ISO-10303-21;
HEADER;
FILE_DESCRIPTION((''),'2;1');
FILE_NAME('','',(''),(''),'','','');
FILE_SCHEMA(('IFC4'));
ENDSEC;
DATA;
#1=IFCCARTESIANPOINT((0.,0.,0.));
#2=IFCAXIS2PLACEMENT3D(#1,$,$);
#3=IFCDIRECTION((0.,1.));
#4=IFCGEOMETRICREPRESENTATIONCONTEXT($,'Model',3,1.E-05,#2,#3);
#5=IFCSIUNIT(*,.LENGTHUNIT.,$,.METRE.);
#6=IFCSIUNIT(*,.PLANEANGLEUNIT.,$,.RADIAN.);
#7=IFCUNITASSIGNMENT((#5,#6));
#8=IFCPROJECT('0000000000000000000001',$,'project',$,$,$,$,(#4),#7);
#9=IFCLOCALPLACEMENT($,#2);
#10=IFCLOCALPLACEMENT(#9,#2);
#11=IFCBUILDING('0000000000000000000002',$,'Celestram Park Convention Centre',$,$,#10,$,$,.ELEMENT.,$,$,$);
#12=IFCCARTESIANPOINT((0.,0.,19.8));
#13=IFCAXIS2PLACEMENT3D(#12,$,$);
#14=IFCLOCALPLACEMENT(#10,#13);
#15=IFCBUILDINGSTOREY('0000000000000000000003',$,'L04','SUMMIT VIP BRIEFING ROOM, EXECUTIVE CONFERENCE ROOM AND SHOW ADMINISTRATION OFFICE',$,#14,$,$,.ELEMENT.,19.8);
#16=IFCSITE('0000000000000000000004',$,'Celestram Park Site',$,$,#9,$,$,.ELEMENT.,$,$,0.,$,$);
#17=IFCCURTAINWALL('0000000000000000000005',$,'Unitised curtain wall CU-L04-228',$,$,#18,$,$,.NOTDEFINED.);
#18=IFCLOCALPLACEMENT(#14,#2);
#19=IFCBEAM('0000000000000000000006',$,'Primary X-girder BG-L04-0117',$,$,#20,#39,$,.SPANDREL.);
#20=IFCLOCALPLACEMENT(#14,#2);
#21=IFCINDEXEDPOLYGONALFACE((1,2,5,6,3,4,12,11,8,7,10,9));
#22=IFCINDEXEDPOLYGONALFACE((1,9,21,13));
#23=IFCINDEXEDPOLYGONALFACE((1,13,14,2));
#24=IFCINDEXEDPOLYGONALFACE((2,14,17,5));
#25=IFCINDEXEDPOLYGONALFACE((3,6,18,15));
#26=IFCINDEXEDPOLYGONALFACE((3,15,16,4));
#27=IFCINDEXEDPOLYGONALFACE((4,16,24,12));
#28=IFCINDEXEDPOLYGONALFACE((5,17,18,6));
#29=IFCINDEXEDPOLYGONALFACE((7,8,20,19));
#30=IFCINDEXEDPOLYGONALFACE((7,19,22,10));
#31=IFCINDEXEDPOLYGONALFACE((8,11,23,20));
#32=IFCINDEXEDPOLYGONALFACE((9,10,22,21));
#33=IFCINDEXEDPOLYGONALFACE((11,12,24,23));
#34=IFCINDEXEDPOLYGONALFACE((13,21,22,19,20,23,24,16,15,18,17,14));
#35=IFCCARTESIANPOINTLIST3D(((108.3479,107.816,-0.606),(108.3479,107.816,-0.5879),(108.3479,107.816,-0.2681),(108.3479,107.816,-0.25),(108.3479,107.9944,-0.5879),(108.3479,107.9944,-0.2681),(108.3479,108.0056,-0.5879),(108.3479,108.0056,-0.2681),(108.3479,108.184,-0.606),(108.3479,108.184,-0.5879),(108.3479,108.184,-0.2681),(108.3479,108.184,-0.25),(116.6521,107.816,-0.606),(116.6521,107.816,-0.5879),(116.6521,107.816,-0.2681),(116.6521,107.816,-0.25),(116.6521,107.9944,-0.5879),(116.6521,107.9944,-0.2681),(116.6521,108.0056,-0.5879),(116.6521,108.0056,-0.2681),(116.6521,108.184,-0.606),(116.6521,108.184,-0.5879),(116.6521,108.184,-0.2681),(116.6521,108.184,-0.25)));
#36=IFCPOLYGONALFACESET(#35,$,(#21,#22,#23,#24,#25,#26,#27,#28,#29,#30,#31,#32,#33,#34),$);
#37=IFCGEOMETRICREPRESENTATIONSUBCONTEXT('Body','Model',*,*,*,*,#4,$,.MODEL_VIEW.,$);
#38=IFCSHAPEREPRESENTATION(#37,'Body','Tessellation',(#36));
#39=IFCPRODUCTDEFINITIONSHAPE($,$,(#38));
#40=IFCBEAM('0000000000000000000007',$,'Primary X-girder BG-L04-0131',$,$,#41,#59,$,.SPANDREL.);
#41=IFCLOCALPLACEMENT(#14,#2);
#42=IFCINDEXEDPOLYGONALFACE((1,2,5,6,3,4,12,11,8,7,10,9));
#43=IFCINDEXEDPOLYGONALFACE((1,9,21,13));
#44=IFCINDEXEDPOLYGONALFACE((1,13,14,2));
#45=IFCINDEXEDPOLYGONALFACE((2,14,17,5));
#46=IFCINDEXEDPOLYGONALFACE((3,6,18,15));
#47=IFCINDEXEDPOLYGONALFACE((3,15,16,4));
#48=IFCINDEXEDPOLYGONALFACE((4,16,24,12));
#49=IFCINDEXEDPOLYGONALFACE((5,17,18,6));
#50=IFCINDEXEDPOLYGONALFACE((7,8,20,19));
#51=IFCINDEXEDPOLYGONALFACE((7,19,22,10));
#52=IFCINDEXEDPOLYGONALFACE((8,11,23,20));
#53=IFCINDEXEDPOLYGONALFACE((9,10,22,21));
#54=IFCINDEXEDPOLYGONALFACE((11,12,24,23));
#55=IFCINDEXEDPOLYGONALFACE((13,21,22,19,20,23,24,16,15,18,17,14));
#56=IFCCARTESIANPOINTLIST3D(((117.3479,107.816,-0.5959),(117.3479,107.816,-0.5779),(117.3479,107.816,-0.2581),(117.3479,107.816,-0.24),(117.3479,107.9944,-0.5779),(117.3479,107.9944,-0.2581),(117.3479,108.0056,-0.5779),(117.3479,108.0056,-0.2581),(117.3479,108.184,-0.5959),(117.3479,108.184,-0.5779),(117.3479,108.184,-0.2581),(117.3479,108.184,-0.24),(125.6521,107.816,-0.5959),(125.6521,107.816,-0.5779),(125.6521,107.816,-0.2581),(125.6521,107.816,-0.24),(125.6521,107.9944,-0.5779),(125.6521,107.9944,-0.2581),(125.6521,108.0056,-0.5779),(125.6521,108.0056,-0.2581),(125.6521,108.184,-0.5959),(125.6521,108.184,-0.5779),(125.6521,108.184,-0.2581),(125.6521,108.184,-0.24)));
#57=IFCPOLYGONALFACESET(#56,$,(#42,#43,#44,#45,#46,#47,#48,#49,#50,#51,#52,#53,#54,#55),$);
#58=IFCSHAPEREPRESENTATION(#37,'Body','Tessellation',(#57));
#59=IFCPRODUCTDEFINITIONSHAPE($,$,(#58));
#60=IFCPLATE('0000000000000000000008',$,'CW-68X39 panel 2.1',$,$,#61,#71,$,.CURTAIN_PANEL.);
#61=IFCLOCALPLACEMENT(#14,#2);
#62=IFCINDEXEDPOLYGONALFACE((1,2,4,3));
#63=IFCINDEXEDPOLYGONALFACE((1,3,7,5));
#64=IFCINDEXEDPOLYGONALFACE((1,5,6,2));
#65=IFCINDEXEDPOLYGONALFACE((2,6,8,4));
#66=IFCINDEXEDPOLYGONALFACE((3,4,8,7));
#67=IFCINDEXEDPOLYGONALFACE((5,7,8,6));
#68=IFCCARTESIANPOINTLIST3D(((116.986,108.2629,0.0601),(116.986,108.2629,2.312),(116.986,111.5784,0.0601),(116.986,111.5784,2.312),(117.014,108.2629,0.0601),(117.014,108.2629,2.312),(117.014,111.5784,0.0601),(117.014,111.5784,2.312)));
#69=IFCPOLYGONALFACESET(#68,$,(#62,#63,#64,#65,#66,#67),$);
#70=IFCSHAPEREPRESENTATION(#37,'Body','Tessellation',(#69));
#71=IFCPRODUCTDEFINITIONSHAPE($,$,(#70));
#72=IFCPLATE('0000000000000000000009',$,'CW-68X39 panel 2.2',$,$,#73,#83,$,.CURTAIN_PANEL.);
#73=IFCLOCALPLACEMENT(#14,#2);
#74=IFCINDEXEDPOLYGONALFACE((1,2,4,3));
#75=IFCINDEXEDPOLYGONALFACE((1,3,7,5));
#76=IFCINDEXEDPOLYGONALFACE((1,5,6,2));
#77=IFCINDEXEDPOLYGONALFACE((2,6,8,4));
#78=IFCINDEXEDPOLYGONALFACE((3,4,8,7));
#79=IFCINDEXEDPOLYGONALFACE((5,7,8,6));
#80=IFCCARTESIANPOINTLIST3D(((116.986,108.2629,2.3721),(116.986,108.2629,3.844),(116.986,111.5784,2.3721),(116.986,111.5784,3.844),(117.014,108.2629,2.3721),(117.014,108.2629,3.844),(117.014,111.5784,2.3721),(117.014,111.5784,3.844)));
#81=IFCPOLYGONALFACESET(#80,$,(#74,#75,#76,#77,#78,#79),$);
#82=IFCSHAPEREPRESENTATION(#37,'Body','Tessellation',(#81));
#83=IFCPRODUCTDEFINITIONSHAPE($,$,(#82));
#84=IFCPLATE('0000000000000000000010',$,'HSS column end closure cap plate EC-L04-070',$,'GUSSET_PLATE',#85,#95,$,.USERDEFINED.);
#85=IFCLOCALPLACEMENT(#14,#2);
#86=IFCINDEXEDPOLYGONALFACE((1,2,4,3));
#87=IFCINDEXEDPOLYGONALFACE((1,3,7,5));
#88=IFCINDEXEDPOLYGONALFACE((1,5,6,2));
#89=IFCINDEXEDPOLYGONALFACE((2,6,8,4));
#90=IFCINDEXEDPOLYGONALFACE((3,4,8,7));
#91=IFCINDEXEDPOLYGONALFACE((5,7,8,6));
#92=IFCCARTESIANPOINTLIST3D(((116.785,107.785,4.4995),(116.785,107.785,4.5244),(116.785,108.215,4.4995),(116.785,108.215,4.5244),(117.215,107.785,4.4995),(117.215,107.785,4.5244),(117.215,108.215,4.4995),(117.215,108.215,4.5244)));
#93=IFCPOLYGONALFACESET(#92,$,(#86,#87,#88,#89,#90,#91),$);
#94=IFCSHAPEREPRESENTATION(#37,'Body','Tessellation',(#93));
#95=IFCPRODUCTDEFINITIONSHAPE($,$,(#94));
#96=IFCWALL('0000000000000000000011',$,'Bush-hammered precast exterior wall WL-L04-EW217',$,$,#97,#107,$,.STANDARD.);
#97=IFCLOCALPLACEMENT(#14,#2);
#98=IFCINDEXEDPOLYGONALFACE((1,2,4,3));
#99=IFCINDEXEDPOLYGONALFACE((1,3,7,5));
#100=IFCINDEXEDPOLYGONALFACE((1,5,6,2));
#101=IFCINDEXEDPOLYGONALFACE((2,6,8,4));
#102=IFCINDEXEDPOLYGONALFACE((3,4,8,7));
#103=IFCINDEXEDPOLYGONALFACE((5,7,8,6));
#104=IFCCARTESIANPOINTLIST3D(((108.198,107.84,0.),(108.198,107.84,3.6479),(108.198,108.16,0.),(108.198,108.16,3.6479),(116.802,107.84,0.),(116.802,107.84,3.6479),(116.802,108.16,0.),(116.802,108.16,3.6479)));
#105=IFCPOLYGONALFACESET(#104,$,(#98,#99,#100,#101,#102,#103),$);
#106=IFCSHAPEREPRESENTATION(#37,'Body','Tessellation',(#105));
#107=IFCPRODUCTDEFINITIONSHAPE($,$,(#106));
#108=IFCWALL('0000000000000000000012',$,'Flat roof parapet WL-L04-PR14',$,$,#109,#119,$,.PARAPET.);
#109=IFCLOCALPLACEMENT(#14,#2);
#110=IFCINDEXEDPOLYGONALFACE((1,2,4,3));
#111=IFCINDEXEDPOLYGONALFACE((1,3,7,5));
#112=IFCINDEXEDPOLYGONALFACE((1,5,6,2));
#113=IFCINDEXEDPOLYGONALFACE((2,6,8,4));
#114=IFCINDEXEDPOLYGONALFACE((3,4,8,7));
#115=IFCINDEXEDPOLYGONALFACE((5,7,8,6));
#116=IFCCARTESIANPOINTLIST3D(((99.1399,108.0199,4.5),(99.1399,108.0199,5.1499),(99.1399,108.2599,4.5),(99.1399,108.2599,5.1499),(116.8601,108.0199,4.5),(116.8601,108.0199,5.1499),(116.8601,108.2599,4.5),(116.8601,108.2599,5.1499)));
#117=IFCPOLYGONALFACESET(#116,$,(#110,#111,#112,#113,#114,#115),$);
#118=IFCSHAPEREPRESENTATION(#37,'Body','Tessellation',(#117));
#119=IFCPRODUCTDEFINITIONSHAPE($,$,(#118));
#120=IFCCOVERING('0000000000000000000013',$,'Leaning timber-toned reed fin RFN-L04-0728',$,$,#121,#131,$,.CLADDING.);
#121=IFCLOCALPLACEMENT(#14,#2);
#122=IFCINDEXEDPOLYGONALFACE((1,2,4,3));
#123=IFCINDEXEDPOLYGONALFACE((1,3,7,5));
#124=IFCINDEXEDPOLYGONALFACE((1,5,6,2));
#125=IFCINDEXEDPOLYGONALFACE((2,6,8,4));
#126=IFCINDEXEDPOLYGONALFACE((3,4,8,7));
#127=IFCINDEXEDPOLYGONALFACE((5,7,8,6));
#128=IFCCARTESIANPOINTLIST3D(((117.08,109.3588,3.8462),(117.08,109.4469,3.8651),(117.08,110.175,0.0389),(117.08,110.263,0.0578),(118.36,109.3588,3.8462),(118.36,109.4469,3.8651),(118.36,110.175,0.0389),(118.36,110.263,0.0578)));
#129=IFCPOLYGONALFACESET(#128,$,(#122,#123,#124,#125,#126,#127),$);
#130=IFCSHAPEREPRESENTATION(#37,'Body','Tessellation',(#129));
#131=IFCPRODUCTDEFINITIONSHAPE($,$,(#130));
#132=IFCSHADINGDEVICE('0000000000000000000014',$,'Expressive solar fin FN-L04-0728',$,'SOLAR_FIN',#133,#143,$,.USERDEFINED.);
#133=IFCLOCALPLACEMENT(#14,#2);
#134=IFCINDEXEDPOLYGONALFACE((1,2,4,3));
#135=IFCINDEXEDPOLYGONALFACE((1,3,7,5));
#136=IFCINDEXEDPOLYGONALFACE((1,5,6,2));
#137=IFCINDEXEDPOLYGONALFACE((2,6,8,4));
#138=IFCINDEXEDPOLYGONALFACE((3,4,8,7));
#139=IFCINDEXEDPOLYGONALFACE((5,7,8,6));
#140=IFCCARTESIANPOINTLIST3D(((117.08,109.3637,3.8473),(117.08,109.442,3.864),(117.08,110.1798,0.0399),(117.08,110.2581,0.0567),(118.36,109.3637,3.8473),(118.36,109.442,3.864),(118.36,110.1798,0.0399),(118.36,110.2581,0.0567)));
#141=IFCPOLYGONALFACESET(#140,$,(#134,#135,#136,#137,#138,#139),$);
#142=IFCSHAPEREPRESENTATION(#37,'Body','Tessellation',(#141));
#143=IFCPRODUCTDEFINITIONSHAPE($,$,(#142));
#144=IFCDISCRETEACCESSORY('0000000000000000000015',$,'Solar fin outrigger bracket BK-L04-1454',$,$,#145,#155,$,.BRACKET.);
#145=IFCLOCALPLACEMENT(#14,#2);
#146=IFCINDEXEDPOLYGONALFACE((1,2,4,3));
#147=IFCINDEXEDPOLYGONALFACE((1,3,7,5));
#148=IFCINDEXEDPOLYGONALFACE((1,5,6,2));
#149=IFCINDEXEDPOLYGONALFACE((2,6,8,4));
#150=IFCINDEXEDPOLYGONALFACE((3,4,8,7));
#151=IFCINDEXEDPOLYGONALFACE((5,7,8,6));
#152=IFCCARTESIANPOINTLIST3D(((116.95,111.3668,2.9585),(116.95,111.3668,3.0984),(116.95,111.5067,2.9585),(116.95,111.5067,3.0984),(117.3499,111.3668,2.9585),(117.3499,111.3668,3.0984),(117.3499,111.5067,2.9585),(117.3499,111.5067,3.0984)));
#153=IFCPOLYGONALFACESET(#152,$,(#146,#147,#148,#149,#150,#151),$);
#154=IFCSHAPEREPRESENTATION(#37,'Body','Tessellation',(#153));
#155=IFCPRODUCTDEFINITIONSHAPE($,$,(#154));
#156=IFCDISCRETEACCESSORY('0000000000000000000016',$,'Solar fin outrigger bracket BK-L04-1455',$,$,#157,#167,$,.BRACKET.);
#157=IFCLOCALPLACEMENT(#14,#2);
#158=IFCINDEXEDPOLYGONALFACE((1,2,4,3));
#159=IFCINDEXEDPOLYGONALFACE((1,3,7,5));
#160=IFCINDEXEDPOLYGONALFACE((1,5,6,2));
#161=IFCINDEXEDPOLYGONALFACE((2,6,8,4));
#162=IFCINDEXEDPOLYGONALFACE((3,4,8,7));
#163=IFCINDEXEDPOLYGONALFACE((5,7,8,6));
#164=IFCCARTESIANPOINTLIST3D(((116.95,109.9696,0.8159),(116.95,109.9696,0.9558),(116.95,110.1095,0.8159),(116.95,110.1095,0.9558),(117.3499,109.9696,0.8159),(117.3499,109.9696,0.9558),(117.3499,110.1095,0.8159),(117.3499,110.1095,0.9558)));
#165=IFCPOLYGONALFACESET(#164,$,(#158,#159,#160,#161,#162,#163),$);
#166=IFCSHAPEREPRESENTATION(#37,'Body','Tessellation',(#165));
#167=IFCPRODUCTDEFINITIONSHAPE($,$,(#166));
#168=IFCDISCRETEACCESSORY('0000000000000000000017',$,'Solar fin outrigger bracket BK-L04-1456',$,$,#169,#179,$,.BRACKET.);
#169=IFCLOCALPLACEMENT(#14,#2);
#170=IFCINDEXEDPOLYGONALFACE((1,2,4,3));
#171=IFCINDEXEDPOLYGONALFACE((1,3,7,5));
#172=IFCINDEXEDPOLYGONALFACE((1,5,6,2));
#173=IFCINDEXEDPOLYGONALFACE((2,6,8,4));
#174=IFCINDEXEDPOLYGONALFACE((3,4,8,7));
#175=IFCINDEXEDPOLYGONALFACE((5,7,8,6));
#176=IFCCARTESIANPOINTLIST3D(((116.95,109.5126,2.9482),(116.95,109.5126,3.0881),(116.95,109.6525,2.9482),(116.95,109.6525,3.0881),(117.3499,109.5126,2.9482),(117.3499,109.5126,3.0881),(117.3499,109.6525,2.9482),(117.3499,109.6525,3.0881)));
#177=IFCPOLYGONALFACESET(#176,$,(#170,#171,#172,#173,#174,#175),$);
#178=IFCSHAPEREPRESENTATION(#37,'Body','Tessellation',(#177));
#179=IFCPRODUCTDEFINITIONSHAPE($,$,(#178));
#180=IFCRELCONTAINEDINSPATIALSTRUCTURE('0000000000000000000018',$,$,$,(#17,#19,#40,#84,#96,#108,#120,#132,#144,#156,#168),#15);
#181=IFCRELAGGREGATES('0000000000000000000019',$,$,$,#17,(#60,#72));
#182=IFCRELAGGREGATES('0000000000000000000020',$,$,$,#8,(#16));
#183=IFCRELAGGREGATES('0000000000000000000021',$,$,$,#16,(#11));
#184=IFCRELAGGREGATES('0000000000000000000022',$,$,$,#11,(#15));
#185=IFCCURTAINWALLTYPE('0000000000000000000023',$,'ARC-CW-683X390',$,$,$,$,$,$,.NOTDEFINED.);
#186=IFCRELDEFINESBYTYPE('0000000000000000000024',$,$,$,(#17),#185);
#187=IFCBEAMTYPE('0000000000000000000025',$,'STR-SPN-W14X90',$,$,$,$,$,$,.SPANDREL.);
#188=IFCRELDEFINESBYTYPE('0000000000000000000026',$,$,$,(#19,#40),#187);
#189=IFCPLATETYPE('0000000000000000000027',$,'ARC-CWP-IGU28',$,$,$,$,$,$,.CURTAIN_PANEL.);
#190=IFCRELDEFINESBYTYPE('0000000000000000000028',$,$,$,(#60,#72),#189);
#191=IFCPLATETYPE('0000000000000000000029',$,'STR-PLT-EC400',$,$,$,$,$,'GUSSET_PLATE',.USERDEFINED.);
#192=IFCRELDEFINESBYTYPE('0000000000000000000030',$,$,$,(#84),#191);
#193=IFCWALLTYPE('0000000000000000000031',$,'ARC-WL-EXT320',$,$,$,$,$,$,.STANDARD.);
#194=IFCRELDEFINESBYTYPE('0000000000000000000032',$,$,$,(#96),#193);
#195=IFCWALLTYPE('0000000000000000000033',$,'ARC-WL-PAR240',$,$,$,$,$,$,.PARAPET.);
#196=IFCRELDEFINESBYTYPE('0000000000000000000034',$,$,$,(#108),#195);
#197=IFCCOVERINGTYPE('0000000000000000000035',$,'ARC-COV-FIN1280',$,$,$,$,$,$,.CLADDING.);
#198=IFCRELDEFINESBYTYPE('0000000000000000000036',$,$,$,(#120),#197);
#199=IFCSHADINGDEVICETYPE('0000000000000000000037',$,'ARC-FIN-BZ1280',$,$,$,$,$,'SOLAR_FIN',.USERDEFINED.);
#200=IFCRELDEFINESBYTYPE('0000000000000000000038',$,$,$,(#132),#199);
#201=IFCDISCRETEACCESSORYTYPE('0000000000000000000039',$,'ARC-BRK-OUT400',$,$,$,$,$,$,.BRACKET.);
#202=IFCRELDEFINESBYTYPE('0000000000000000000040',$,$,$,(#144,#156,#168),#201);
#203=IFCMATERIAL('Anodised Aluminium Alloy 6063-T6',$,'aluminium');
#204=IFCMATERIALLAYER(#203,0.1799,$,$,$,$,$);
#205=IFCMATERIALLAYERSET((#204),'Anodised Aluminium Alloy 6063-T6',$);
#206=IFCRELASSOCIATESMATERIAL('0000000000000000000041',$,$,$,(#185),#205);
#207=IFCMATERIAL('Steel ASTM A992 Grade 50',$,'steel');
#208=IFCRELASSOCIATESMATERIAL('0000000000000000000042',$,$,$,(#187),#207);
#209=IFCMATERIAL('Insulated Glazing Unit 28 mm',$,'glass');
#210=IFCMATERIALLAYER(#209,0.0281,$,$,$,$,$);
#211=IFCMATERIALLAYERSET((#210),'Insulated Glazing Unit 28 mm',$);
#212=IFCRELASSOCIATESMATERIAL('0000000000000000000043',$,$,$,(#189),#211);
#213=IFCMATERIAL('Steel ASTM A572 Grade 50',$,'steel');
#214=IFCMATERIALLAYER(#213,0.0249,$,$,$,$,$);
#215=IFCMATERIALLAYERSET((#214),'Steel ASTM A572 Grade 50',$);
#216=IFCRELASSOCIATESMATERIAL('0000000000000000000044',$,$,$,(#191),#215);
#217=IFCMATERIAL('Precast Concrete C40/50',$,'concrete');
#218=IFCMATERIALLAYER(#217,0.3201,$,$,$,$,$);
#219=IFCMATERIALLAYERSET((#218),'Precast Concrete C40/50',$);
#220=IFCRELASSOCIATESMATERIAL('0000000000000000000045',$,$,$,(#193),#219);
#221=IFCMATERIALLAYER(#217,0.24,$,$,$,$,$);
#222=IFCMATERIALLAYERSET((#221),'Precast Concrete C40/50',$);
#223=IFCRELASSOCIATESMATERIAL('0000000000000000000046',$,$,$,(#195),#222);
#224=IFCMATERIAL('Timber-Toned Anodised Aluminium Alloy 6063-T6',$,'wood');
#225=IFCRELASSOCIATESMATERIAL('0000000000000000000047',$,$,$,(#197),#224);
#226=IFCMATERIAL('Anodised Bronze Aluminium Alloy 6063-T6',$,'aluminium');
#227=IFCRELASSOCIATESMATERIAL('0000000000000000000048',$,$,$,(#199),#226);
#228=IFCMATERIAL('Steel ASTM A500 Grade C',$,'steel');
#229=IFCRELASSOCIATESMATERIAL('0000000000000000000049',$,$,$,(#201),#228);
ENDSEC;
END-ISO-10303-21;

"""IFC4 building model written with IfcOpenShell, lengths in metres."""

from ifc_helpers import new_model, si_unit, direction, frame, frame_2d, origin, origin_2d, place, context, subcontext, project, spatial, rectangle, i_section, extrude, material, layer, layer_set, material_profile, profile_set, type_object, element, aggregate, save


model = new_model("IFC4")

# Units and contexts
model_context = context("Model", 3, precision=1e-05, world=origin(), true_north=direction((0.0, 1.0)))
body_context = subcontext(model_context, "Body", "Model", "MODEL_VIEW")
ifc_project = project(units=[si_unit("LENGTHUNIT", "METRE"), si_unit("PLANEANGLEUNIT", "RADIAN")], contexts=[model_context])

# Site, building, storey
site_placement = place(None, origin())
site = spatial("IfcSite", under=ifc_project, at=site_placement, Name="Celestram Park Site", CompositionType="ELEMENT", RefElevation=0.0)
building_placement = place(site_placement, origin())
building = spatial("IfcBuilding", under=site, at=building_placement, Name="Celestram Park Convention Centre", CompositionType="ELEMENT")
storey_placement = place(building_placement, frame((0.0, 0.0, 19.8)))
storey = spatial("IfcBuildingStorey", under=building, at=storey_placement, Name="L04", Description="SUMMIT VIP BRIEFING ROOM, EXECUTIVE CONFERENCE ROOM AND SHOW ADMINISTRATION OFFICE", CompositionType="ELEMENT", Elevation=19.8)

# Shared definitions
ifc_material_1 = material(Name="Steel ASTM A500 Grade C", Category="steel")

# Curtain wall
ifc_material_2 = material(Name="Anodised Aluminium Alloy 6063-T6", Category="aluminium")
ifc_layer_1 = layer(ifc_material_2, 0.1799)
ifc_layer_set_1 = layer_set([ifc_layer_1], Name="Anodised Aluminium Alloy 6063-T6")
curtain_wall_type = type_object("IfcCurtainWallType", Name="ARC-CW-683X390", PredefinedType="NOTDEFINED", material=ifc_layer_set_1)
curtain_wall_placement = place(storey_placement, origin())
curtain_wall = element("IfcCurtainWall", 1, at=curtain_wall_placement, inside=storey, type_object=curtain_wall_type, Name="Unitised curtain wall CU-L04-228", PredefinedType="NOTDEFINED")

# Beams
ifc_material_3 = material(Name="Steel ASTM A992 Grade 50", Category="steel")
ifc_material_profile_1 = material_profile(ifc_material_3, i_section(OverallWidth=0.3679, OverallDepth=0.356, WebThickness=0.0112, FlangeThickness=0.0181, at=origin_2d()), Name="W14X90")
ifc_profile_set_1 = profile_set([ifc_material_profile_1], Name="Steel ASTM A992 Grade 50")
beam_type_1 = type_object("IfcBeamType", Name="STR-SPN-W14X90", PredefinedType="SPANDREL", material=ifc_profile_set_1)
for number, where, z_axis, x_axis, name in (
    (2, (108.3479, 108.0, -0.428), (1.0, 0.0, 0.0), (0.0, 1.0, 0.0), "Primary X-girder BG-L04-0117"),
    (3, (117.3479, 108.0, -0.418), (1.0, 0.0, 0.0), (0.0, 1.0, 0.0), "Primary X-girder BG-L04-0131"),
):
    element("IfcBeam", number, at=place(storey_placement, frame(where, z_axis=z_axis, x_axis=x_axis)), inside=storey, type_object=beam_type_1, Name=name, PredefinedType="SPANDREL", context=body_context, shape_type="SweptSolid", body=[
        extrude(i_section(OverallWidth=0.3679, OverallDepth=0.356, WebThickness=0.0112, FlangeThickness=0.0181, at=origin_2d()), origin(), (0.0, 0.0, 1.0), 8.3042),
    ])

# Plates
ifc_material_4 = material(Name="Insulated Glazing Unit 28 mm", Category="glass")
ifc_layer_2 = layer(ifc_material_4, 0.0281)
ifc_layer_set_2 = layer_set([ifc_layer_2], Name="Insulated Glazing Unit 28 mm")
plate_type_1 = type_object("IfcPlateType", Name="ARC-CWP-IGU28", PredefinedType="CURTAIN_PANEL", material=ifc_layer_set_2)
plate_1_placement = place(storey_placement, frame((117.0, 109.9207, 0.0601), z_axis=(0.0, 0.0, 1.0), x_axis=(0.0, -1.0, 0.0)))
plate_1 = element("IfcPlate", 4, at=plate_1_placement, type_object=plate_type_1, Name="CW-68X39 panel 2.1", PredefinedType="CURTAIN_PANEL", context=body_context, shape_type="SweptSolid", body=[
    extrude(rectangle(XDim=3.3154, YDim=0.0281, at=origin_2d()), origin(), (0.0, 0.0, 1.0), 2.252),
])
plate_2_placement = place(storey_placement, frame((117.0, 109.9207, 2.3721), z_axis=(0.0, 0.0, 1.0), x_axis=(0.0, -1.0, 0.0)))
plate_2 = element("IfcPlate", 5, at=plate_2_placement, type_object=plate_type_1, Name="CW-68X39 panel 2.2", PredefinedType="CURTAIN_PANEL", context=body_context, shape_type="SweptSolid", body=[
    extrude(rectangle(XDim=3.3154, YDim=0.0281, at=origin_2d()), origin(), (0.0, 0.0, 1.0), 1.4719),
])
aggregate(curtain_wall, [plate_1, plate_2])
ifc_material_5 = material(Name="Steel ASTM A572 Grade 50", Category="steel")
ifc_layer_3 = layer(ifc_material_5, 0.0249)
ifc_layer_set_3 = layer_set([ifc_layer_3], Name="Steel ASTM A572 Grade 50")
plate_type_2 = type_object("IfcPlateType", Name="STR-PLT-EC400", ElementType="GUSSET_PLATE", PredefinedType="USERDEFINED", material=ifc_layer_set_3)
plate_3_placement = place(storey_placement, frame((117.0, 108.0, 4.4995), z_axis=(0.0, 0.0, 1.0), x_axis=(1.0, 0.0, 0.0)))
element("IfcPlate", 6, at=plate_3_placement, inside=storey, type_object=plate_type_2, Name="HSS column end closure cap plate EC-L04-070", ObjectType="GUSSET_PLATE", PredefinedType="USERDEFINED", context=body_context, shape_type="SweptSolid", body=[
    extrude(rectangle(XDim=0.4299, YDim=0.4299, at=origin_2d()), origin(), (0.0, 0.0, 1.0), 0.0249),
])

# Walls
ifc_material_6 = material(Name="Precast Concrete C40/50", Category="concrete")
ifc_layer_4 = layer(ifc_material_6, 0.3201)
ifc_layer_set_4 = layer_set([ifc_layer_4], Name="Precast Concrete C40/50")
wall_type_1 = type_object("IfcWallType", Name="ARC-WL-EXT320", PredefinedType="STANDARD", material=ifc_layer_set_4)
wall_1_placement = place(storey_placement, frame((116.802, 108.0, 0.0), z_axis=(0.0, 0.0, 1.0), x_axis=(-1.0, 0.0, 0.0)))
element("IfcWall", 7, at=wall_1_placement, inside=storey, type_object=wall_type_1, Name="Bush-hammered precast exterior wall WL-L04-EW217", PredefinedType="STANDARD", context=body_context, shape_type="SweptSolid", body=[
    extrude(rectangle(XDim=8.604, YDim=0.3201, at=frame_2d((4.302, 0.0))), origin(), (0.0, 0.0, 1.0), 3.6479),
])
ifc_layer_5 = layer(ifc_material_6, 0.24)
ifc_layer_set_5 = layer_set([ifc_layer_5], Name="Precast Concrete C40/50")
wall_type_2 = type_object("IfcWallType", Name="ARC-WL-PAR240", PredefinedType="PARAPET", material=ifc_layer_set_5)
wall_2_placement = place(storey_placement, frame((116.8601, 108.1399, 4.5), z_axis=(0.0, 0.0, 1.0), x_axis=(-1.0, 0.0, 0.0)))
element("IfcWall", 8, at=wall_2_placement, inside=storey, type_object=wall_type_2, Name="Flat roof parapet WL-L04-PR14", PredefinedType="PARAPET", context=body_context, shape_type="SweptSolid", body=[
    extrude(rectangle(XDim=17.7202, YDim=0.24, at=frame_2d((8.8601, 0.0))), origin(), (0.0, 0.0, 1.0), 0.6499),
])

# Covering
ifc_material_7 = material(Name="Timber-Toned Anodised Aluminium Alloy 6063-T6", Category="wood")
ifc_material_profile_2 = material_profile(ifc_material_7, rectangle(XDim=1.28, YDim=0.0901, at=origin_2d()), Name="REED1280X90")
ifc_profile_set_2 = profile_set([ifc_material_profile_2], Name="Timber-Toned Anodised Aluminium Alloy 6063-T6")
covering_type = type_object("IfcCoveringType", Name="ARC-COV-FIN1280", PredefinedType="CLADDING", material=ifc_profile_set_2)
covering_placement = place(storey_placement, frame((117.72, 110.219, 0.0483), z_axis=(0.0, -0.209602, 0.977787), x_axis=(1.0, 0.0, 0.0)))
element("IfcCovering", 9, at=covering_placement, inside=storey, type_object=covering_type, Name="Leaning timber-toned reed fin RFN-L04-0728", PredefinedType="CLADDING", context=body_context, shape_type="SweptSolid", body=[
    extrude(rectangle(XDim=1.28, YDim=0.0901, at=origin_2d()), origin(), (0.0, 0.0, 1.0), 3.8938),
])

# Shading device
ifc_material_8 = material(Name="Anodised Bronze Aluminium Alloy 6063-T6", Category="aluminium")
ifc_material_profile_3 = material_profile(ifc_material_8, rectangle(XDim=1.28, YDim=0.0801, at=origin_2d()), Name="FIN1280X80")
ifc_profile_set_3 = profile_set([ifc_material_profile_3], Name="Anodised Bronze Aluminium Alloy 6063-T6")
shading_device_type = type_object("IfcShadingDeviceType", Name="ARC-FIN-BZ1280", ElementType="SOLAR_FIN", PredefinedType="USERDEFINED", material=ifc_profile_set_3)
shading_device_placement = place(storey_placement, frame((117.72, 110.219, 0.0483), z_axis=(0.0, -0.209602, 0.977787), x_axis=(1.0, 0.0, 0.0)))
element("IfcShadingDevice", 10, at=shading_device_placement, inside=storey, type_object=shading_device_type, Name="Expressive solar fin FN-L04-0728", ObjectType="SOLAR_FIN", PredefinedType="USERDEFINED", context=body_context, shape_type="SweptSolid", body=[
    extrude(rectangle(XDim=1.28, YDim=0.0801, at=origin_2d()), origin(), (0.0, 0.0, 1.0), 3.8938),
])

# Discrete accessories
discrete_accessory_type = type_object("IfcDiscreteAccessoryType", Name="ARC-BRK-OUT400", PredefinedType="BRACKET", material=ifc_material_1)
for number, where, z_axis, x_axis, name in (
    (11, (117.1499, 111.4368, 2.9585), (0.0, 0.0, 1.0), (1.0, 0.0, 0.0), "Solar fin outrigger bracket BK-L04-1454"),
    (12, (117.1499, 110.0396, 0.8159), (0.0, 0.0, 1.0), (1.0, 0.0, 0.0), "Solar fin outrigger bracket BK-L04-1455"),
    (13, (117.1499, 109.5825, 2.9482), (0.0, 0.0, 1.0), (1.0, 0.0, 0.0), "Solar fin outrigger bracket BK-L04-1456"),
):
    element("IfcDiscreteAccessory", number, at=place(storey_placement, frame(where, z_axis=z_axis, x_axis=x_axis)), inside=storey, type_object=discrete_accessory_type, Name=name, PredefinedType="BRACKET", context=body_context, shape_type="SweptSolid", body=[
        extrude(rectangle(XDim=0.3999, YDim=0.1399, at=origin_2d()), origin(), (0.0, 0.0, 1.0), 0.1399),
    ])

save(model, "model.ifc")
